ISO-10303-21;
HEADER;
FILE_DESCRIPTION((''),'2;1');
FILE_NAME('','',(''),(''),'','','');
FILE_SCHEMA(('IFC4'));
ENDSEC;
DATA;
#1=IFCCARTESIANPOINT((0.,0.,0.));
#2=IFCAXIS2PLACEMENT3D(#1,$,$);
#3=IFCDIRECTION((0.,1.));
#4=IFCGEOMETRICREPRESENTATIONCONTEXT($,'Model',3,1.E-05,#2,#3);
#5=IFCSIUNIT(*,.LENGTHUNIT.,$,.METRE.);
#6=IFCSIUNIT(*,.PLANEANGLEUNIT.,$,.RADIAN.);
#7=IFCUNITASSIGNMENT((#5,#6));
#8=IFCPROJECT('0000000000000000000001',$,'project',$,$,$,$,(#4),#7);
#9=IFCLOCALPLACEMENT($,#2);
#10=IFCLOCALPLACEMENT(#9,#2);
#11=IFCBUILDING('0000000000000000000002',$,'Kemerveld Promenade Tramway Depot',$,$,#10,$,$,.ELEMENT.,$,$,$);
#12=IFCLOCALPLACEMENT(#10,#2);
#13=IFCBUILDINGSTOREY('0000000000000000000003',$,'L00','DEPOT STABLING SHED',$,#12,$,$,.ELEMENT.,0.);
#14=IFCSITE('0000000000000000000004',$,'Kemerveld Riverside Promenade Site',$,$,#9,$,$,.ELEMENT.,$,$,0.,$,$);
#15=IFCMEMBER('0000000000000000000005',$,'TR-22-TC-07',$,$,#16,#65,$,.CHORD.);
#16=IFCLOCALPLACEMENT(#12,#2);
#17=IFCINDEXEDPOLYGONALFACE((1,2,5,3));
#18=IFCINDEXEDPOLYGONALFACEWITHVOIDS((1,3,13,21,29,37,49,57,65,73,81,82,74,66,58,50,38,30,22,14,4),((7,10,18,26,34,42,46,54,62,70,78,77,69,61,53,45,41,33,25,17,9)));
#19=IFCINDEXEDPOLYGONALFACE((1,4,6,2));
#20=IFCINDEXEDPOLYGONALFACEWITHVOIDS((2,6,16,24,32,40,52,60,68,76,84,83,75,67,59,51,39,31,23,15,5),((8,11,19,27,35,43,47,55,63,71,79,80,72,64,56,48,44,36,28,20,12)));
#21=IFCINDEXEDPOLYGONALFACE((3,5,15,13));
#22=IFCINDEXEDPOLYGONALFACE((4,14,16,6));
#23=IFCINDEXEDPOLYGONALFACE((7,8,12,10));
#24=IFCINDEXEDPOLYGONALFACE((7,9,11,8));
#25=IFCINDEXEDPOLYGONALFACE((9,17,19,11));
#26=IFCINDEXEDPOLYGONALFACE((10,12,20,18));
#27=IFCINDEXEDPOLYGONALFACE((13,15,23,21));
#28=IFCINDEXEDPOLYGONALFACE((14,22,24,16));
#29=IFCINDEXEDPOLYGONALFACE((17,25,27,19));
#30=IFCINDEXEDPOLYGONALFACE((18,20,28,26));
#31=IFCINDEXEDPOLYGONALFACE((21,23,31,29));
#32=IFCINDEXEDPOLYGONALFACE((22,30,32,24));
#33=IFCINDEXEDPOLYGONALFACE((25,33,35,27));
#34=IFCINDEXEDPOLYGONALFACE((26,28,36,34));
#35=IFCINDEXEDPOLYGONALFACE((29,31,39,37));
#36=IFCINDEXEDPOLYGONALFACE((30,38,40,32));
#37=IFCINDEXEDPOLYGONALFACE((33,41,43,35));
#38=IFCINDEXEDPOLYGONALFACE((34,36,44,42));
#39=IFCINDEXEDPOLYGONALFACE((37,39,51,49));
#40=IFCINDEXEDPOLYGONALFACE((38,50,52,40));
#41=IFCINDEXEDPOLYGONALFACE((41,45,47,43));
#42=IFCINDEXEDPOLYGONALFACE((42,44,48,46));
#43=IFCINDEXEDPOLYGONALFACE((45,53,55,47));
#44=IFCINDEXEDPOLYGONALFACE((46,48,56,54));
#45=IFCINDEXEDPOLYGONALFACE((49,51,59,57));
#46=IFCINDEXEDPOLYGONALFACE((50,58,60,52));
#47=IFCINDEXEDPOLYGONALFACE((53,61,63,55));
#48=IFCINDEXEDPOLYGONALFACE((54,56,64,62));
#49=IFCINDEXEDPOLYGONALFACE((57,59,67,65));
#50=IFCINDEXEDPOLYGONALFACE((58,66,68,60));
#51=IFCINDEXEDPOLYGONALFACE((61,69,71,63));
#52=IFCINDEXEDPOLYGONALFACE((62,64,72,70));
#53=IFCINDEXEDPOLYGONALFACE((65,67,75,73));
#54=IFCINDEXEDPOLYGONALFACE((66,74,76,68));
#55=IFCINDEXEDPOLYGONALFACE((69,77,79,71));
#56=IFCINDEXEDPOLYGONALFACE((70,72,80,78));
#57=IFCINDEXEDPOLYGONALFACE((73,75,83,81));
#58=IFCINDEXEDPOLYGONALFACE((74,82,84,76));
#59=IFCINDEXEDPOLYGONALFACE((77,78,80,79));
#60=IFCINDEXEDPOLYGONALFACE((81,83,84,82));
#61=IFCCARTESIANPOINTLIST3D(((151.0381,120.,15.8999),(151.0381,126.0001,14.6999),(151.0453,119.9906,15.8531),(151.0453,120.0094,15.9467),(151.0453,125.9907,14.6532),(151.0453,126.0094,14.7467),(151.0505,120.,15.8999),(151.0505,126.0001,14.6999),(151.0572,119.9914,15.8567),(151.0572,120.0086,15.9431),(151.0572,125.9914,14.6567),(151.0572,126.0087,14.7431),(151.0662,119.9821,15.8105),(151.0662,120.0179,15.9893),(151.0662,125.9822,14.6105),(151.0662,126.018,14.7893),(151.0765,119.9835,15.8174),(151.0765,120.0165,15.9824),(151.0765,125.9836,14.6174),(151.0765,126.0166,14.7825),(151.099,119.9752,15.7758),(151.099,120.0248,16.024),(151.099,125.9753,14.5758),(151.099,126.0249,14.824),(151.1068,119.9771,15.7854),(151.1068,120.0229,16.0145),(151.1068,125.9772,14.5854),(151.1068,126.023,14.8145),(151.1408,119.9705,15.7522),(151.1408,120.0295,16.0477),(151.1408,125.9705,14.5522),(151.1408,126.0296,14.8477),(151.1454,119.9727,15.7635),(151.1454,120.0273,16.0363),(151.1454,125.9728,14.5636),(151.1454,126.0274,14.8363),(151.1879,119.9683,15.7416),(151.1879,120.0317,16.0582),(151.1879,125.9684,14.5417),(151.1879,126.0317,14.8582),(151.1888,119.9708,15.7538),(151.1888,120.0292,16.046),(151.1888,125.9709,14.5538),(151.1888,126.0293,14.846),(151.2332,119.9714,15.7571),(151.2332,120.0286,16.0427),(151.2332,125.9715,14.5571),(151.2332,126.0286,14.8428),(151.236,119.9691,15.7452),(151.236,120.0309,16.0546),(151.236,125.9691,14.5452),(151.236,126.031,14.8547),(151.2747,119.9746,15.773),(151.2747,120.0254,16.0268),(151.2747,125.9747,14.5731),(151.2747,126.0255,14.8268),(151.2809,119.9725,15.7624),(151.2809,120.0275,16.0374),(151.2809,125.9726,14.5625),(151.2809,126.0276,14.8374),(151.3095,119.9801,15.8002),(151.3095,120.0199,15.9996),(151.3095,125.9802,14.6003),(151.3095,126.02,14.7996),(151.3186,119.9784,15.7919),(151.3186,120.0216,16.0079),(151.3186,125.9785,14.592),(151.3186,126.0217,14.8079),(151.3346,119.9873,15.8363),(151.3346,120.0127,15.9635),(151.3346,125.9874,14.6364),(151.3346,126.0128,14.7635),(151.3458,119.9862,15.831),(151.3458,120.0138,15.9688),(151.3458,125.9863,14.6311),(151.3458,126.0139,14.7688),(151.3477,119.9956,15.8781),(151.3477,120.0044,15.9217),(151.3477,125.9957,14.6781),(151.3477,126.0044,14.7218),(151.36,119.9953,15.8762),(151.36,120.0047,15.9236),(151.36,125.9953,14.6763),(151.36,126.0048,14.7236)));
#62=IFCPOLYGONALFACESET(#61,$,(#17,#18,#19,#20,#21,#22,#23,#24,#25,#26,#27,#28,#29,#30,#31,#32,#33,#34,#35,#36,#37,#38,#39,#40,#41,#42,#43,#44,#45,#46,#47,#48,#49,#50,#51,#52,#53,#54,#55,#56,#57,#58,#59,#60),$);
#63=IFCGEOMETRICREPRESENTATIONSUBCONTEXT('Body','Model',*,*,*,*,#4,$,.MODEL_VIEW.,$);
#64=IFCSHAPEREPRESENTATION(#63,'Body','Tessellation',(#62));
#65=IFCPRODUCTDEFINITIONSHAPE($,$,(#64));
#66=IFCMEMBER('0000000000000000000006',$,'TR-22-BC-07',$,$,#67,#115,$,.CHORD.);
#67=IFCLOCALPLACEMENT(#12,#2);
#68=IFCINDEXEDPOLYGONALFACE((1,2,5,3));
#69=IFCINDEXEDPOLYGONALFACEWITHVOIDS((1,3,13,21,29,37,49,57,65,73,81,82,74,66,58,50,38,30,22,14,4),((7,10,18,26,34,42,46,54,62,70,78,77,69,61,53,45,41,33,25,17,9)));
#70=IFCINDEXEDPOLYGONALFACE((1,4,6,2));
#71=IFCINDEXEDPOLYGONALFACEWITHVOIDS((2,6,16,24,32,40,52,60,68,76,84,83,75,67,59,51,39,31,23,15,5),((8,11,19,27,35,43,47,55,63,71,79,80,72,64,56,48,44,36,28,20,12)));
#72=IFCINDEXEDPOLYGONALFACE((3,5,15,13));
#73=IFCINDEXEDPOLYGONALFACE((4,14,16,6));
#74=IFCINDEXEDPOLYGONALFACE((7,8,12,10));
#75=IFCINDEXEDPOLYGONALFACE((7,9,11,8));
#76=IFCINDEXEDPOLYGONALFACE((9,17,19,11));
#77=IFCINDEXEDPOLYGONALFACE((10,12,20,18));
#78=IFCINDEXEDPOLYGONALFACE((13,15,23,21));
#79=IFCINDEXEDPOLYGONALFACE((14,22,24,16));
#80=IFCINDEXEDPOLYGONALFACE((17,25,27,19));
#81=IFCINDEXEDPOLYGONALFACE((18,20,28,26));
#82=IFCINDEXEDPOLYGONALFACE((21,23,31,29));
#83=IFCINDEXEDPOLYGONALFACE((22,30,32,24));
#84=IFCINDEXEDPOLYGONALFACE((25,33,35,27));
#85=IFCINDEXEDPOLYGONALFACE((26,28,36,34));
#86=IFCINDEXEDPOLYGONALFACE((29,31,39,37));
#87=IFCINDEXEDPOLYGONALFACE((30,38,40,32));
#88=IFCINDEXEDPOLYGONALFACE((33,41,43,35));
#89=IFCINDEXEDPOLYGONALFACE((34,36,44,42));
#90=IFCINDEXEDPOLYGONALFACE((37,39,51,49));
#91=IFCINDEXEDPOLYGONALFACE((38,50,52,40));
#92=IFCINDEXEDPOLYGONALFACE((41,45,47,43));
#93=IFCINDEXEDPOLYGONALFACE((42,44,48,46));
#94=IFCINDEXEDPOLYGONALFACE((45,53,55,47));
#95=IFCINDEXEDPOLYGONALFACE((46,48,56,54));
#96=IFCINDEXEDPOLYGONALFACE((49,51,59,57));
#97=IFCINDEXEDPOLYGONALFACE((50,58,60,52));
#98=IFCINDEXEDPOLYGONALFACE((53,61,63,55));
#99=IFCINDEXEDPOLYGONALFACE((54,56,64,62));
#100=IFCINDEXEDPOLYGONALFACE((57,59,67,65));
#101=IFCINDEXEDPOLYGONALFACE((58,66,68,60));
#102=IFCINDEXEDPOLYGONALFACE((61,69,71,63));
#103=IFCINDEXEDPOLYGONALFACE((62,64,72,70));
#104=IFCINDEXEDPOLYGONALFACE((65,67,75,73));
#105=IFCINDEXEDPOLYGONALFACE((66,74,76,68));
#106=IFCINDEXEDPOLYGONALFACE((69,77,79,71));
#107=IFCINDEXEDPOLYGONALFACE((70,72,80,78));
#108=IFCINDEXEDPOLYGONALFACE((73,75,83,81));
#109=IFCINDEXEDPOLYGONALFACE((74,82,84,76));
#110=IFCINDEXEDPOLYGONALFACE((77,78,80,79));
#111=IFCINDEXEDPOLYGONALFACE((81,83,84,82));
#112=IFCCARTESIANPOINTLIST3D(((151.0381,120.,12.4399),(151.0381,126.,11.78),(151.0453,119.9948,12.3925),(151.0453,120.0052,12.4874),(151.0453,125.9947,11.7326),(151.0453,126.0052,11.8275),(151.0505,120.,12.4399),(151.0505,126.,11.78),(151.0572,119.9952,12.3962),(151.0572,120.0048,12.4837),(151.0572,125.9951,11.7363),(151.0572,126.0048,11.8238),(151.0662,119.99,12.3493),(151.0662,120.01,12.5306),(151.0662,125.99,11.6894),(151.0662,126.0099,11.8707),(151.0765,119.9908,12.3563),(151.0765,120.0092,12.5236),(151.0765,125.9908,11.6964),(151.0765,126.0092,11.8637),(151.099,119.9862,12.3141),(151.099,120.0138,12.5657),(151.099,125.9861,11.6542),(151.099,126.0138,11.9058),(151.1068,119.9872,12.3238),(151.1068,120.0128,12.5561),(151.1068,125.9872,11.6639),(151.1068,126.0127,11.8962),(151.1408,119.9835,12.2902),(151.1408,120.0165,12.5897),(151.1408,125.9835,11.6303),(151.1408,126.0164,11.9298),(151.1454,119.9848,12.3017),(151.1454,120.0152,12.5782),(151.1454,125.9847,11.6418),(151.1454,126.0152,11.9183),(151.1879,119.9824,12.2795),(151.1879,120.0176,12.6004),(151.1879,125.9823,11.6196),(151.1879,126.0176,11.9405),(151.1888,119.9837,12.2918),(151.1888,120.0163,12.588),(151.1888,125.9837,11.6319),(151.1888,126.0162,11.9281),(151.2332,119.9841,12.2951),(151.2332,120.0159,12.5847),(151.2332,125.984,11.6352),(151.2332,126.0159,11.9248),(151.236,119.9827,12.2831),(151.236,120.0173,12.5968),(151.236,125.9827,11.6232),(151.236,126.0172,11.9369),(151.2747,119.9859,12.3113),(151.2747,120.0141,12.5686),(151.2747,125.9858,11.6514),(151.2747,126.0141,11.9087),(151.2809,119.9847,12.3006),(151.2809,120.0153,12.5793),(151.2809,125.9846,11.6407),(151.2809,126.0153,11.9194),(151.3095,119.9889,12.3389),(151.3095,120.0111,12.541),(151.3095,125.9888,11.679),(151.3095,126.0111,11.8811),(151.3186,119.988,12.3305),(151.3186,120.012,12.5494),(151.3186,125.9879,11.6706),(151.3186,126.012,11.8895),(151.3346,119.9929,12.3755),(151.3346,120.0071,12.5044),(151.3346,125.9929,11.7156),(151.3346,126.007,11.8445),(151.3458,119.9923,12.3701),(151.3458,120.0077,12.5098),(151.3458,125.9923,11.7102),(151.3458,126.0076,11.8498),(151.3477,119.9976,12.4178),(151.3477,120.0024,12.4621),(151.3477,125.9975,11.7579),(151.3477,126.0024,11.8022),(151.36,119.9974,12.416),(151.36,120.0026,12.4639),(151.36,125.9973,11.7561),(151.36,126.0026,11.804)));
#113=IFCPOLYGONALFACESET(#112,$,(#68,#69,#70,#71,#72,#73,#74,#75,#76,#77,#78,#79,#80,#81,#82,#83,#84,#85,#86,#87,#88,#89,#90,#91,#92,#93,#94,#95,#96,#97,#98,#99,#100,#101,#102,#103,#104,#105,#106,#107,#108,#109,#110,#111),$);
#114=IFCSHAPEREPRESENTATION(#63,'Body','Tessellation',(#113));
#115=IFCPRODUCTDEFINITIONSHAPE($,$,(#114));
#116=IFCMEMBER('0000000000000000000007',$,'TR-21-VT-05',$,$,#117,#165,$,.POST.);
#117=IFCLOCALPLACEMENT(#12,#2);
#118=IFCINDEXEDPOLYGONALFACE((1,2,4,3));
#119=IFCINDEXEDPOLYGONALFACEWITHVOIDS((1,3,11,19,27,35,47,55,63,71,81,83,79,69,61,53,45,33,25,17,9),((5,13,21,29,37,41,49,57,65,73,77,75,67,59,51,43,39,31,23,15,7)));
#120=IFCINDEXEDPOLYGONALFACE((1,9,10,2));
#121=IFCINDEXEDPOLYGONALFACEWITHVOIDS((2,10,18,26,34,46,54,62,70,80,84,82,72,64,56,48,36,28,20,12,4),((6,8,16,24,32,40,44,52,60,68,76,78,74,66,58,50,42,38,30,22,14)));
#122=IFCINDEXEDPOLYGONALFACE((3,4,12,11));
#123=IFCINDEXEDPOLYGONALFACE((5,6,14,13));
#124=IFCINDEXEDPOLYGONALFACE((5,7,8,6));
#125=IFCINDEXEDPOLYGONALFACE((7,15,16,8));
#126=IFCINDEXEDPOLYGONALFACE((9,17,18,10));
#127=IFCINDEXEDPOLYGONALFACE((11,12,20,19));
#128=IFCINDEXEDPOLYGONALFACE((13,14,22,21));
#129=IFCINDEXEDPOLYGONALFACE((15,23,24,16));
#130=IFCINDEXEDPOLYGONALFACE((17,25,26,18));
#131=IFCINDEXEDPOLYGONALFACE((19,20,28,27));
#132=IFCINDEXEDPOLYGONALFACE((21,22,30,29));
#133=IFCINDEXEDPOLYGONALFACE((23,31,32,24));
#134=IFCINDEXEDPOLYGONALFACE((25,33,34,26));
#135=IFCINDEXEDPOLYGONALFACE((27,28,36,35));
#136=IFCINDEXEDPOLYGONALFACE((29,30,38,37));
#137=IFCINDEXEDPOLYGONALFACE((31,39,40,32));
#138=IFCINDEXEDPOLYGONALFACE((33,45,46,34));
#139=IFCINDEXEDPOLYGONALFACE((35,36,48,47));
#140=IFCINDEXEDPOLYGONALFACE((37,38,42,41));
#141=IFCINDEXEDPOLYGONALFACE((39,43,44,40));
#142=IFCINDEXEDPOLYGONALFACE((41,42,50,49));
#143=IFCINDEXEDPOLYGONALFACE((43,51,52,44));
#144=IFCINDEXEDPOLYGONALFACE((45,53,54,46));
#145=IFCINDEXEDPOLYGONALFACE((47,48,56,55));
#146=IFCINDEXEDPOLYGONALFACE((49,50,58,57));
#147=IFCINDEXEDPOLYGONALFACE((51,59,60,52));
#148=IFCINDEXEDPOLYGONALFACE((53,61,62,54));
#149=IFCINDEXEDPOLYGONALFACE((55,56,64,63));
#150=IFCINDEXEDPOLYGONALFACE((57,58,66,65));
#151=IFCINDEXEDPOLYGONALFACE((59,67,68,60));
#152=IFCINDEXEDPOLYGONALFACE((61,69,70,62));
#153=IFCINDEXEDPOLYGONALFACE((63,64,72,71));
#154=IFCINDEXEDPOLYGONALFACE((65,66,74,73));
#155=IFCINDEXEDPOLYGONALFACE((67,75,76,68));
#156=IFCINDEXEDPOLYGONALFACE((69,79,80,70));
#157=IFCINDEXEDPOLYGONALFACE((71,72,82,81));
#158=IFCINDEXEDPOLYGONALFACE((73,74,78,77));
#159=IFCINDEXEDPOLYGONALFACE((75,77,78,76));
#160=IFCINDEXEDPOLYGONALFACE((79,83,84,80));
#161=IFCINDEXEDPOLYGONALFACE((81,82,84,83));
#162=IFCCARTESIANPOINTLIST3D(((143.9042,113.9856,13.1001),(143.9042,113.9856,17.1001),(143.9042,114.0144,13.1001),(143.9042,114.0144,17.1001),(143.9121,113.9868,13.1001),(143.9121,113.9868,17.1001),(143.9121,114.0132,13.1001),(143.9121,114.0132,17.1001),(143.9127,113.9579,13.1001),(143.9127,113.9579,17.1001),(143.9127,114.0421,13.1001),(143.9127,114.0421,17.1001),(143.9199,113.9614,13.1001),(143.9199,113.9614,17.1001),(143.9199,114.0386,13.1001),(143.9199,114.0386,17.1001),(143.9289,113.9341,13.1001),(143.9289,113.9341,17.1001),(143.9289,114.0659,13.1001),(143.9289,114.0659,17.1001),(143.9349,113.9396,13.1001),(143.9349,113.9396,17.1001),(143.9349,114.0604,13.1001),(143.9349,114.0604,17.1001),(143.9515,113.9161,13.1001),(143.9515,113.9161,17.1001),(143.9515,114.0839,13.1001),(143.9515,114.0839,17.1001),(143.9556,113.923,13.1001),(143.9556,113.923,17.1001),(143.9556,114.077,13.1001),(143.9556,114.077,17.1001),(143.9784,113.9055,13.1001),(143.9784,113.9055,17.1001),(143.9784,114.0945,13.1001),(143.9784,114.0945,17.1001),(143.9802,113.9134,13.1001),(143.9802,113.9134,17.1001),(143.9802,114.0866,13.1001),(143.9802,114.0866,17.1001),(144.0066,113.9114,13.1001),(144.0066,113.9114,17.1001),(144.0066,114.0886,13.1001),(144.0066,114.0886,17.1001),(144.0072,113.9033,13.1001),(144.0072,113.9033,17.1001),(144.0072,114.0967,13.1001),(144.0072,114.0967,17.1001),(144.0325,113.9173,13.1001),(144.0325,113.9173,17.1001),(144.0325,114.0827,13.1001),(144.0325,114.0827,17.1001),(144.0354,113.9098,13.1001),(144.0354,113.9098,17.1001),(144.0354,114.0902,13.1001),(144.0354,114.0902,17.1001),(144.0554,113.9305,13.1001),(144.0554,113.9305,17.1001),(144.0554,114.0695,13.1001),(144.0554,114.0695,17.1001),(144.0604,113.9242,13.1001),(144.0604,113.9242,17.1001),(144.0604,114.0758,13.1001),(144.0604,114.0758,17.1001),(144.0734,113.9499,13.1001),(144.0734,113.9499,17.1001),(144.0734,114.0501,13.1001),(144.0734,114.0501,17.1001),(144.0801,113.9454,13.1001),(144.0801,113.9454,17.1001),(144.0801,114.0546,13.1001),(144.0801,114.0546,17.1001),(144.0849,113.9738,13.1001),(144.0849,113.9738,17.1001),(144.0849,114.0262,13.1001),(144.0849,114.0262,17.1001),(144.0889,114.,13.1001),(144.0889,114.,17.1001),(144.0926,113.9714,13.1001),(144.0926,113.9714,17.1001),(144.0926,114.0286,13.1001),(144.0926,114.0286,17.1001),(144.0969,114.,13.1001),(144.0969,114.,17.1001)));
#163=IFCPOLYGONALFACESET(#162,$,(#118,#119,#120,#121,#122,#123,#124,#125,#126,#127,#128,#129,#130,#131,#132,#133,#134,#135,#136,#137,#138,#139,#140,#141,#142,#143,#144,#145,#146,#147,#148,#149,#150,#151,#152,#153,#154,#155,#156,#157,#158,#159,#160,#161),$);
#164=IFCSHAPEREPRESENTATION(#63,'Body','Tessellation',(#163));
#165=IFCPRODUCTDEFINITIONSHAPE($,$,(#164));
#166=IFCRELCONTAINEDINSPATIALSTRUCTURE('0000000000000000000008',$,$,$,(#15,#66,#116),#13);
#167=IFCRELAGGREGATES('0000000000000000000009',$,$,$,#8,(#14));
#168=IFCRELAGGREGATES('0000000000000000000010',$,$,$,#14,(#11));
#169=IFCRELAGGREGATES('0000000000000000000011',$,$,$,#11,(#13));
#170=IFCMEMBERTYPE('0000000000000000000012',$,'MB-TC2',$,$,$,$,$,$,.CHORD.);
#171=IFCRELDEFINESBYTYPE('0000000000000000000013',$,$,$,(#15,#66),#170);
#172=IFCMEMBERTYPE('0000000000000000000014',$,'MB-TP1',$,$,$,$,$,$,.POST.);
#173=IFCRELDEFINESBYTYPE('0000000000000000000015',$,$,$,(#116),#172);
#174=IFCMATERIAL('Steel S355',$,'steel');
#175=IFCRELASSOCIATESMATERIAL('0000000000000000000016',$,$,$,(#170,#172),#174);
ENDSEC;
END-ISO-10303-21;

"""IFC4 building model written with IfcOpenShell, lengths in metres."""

from ifc_helpers import new_model, si_unit, direction, frame, origin, origin_2d, place, context, subcontext, project, spatial, hollow_circle, extrude, material, material_profile, profile_set, type_object, element, save


model = new_model("IFC4")

# Units and contexts
model_context = context("Model", 3, precision=1e-05, world=origin(), true_north=direction((0.0, 1.0)))
body_context = subcontext(model_context, "Body", "Model", "MODEL_VIEW")
ifc_project = project(units=[si_unit("LENGTHUNIT", "METRE"), si_unit("PLANEANGLEUNIT", "RADIAN")], contexts=[model_context])

# Site, building, storey
site_placement = place(None, origin())
site = spatial("IfcSite", under=ifc_project, at=site_placement, Name="Kemerveld Riverside Promenade Site", CompositionType="ELEMENT", RefElevation=0.0)
building_placement = place(site_placement, origin())
building = spatial("IfcBuilding", under=site, at=building_placement, Name="Kemerveld Promenade Tramway Depot", CompositionType="ELEMENT")
storey_placement = place(building_placement, origin())
storey = spatial("IfcBuildingStorey", under=building, at=storey_placement, Name="L00", Description="DEPOT STABLING SHED", CompositionType="ELEMENT", Elevation=0.0)

# Members
ifc_material_1 = material(Name="Steel S355", Category="steel")
ifc_material_profile_1 = material_profile(ifc_material_1, hollow_circle(Radius=0.1619, WallThickness=0.0125, at=origin_2d()), Name="323.9x12.5 CHS")
ifc_profile_set_1 = profile_set([ifc_material_profile_1], Name="Steel S355")
member_type_1 = type_object("IfcMemberType", Name="MB-TC2", PredefinedType="CHORD", material=ifc_profile_set_1)
member_1_placement = place(storey_placement, frame((151.2, 120.0, 15.8999), z_axis=(0.0, 0.980582, -0.196108), x_axis=(-1.0, 0.0, 0.0)))
element("IfcMember", 1, at=member_1_placement, inside=storey, type_object=member_type_1, Name="TR-22-TC-07", PredefinedType="CHORD", context=body_context, shape_type="SweptSolid", body=[
    extrude(hollow_circle(Radius=0.1619, WallThickness=0.0125, at=origin_2d()), origin(), (0.0, 0.0, 1.0), 6.1189),
])
member_2_placement = place(storey_placement, frame((151.2, 120.0, 12.4399), z_axis=(0.0, 0.994006, -0.109326), x_axis=(-1.0, 0.0, 0.0)))
element("IfcMember", 2, at=member_2_placement, inside=storey, type_object=member_type_1, Name="TR-22-BC-07", PredefinedType="CHORD", context=body_context, shape_type="SweptSolid", body=[
    extrude(hollow_circle(Radius=0.1619, WallThickness=0.0125, at=origin_2d()), origin(), (0.0, 0.0, 1.0), 6.0361),
])
ifc_material_profile_2 = material_profile(ifc_material_1, hollow_circle(Radius=0.0969, WallThickness=0.0081, at=origin_2d()), Name="193.7x8.0 CHS")
ifc_profile_set_2 = profile_set([ifc_material_profile_2], Name="Steel S355")
member_type_2 = type_object("IfcMemberType", Name="MB-TP1", PredefinedType="POST", material=ifc_profile_set_2)
member_3_placement = place(storey_placement, frame((144.0, 114.0, 13.1001), z_axis=(0.0, 0.0, 1.0), x_axis=(1.0, 0.0, 0.0)))
element("IfcMember", 3, at=member_3_placement, inside=storey, type_object=member_type_2, Name="TR-21-VT-05", PredefinedType="POST", context=body_context, shape_type="SweptSolid", body=[
    extrude(hollow_circle(Radius=0.0969, WallThickness=0.0081, at=origin_2d()), origin(), (0.0, 0.0, 1.0), 4.0),
])

save(model, "model.ifc")
